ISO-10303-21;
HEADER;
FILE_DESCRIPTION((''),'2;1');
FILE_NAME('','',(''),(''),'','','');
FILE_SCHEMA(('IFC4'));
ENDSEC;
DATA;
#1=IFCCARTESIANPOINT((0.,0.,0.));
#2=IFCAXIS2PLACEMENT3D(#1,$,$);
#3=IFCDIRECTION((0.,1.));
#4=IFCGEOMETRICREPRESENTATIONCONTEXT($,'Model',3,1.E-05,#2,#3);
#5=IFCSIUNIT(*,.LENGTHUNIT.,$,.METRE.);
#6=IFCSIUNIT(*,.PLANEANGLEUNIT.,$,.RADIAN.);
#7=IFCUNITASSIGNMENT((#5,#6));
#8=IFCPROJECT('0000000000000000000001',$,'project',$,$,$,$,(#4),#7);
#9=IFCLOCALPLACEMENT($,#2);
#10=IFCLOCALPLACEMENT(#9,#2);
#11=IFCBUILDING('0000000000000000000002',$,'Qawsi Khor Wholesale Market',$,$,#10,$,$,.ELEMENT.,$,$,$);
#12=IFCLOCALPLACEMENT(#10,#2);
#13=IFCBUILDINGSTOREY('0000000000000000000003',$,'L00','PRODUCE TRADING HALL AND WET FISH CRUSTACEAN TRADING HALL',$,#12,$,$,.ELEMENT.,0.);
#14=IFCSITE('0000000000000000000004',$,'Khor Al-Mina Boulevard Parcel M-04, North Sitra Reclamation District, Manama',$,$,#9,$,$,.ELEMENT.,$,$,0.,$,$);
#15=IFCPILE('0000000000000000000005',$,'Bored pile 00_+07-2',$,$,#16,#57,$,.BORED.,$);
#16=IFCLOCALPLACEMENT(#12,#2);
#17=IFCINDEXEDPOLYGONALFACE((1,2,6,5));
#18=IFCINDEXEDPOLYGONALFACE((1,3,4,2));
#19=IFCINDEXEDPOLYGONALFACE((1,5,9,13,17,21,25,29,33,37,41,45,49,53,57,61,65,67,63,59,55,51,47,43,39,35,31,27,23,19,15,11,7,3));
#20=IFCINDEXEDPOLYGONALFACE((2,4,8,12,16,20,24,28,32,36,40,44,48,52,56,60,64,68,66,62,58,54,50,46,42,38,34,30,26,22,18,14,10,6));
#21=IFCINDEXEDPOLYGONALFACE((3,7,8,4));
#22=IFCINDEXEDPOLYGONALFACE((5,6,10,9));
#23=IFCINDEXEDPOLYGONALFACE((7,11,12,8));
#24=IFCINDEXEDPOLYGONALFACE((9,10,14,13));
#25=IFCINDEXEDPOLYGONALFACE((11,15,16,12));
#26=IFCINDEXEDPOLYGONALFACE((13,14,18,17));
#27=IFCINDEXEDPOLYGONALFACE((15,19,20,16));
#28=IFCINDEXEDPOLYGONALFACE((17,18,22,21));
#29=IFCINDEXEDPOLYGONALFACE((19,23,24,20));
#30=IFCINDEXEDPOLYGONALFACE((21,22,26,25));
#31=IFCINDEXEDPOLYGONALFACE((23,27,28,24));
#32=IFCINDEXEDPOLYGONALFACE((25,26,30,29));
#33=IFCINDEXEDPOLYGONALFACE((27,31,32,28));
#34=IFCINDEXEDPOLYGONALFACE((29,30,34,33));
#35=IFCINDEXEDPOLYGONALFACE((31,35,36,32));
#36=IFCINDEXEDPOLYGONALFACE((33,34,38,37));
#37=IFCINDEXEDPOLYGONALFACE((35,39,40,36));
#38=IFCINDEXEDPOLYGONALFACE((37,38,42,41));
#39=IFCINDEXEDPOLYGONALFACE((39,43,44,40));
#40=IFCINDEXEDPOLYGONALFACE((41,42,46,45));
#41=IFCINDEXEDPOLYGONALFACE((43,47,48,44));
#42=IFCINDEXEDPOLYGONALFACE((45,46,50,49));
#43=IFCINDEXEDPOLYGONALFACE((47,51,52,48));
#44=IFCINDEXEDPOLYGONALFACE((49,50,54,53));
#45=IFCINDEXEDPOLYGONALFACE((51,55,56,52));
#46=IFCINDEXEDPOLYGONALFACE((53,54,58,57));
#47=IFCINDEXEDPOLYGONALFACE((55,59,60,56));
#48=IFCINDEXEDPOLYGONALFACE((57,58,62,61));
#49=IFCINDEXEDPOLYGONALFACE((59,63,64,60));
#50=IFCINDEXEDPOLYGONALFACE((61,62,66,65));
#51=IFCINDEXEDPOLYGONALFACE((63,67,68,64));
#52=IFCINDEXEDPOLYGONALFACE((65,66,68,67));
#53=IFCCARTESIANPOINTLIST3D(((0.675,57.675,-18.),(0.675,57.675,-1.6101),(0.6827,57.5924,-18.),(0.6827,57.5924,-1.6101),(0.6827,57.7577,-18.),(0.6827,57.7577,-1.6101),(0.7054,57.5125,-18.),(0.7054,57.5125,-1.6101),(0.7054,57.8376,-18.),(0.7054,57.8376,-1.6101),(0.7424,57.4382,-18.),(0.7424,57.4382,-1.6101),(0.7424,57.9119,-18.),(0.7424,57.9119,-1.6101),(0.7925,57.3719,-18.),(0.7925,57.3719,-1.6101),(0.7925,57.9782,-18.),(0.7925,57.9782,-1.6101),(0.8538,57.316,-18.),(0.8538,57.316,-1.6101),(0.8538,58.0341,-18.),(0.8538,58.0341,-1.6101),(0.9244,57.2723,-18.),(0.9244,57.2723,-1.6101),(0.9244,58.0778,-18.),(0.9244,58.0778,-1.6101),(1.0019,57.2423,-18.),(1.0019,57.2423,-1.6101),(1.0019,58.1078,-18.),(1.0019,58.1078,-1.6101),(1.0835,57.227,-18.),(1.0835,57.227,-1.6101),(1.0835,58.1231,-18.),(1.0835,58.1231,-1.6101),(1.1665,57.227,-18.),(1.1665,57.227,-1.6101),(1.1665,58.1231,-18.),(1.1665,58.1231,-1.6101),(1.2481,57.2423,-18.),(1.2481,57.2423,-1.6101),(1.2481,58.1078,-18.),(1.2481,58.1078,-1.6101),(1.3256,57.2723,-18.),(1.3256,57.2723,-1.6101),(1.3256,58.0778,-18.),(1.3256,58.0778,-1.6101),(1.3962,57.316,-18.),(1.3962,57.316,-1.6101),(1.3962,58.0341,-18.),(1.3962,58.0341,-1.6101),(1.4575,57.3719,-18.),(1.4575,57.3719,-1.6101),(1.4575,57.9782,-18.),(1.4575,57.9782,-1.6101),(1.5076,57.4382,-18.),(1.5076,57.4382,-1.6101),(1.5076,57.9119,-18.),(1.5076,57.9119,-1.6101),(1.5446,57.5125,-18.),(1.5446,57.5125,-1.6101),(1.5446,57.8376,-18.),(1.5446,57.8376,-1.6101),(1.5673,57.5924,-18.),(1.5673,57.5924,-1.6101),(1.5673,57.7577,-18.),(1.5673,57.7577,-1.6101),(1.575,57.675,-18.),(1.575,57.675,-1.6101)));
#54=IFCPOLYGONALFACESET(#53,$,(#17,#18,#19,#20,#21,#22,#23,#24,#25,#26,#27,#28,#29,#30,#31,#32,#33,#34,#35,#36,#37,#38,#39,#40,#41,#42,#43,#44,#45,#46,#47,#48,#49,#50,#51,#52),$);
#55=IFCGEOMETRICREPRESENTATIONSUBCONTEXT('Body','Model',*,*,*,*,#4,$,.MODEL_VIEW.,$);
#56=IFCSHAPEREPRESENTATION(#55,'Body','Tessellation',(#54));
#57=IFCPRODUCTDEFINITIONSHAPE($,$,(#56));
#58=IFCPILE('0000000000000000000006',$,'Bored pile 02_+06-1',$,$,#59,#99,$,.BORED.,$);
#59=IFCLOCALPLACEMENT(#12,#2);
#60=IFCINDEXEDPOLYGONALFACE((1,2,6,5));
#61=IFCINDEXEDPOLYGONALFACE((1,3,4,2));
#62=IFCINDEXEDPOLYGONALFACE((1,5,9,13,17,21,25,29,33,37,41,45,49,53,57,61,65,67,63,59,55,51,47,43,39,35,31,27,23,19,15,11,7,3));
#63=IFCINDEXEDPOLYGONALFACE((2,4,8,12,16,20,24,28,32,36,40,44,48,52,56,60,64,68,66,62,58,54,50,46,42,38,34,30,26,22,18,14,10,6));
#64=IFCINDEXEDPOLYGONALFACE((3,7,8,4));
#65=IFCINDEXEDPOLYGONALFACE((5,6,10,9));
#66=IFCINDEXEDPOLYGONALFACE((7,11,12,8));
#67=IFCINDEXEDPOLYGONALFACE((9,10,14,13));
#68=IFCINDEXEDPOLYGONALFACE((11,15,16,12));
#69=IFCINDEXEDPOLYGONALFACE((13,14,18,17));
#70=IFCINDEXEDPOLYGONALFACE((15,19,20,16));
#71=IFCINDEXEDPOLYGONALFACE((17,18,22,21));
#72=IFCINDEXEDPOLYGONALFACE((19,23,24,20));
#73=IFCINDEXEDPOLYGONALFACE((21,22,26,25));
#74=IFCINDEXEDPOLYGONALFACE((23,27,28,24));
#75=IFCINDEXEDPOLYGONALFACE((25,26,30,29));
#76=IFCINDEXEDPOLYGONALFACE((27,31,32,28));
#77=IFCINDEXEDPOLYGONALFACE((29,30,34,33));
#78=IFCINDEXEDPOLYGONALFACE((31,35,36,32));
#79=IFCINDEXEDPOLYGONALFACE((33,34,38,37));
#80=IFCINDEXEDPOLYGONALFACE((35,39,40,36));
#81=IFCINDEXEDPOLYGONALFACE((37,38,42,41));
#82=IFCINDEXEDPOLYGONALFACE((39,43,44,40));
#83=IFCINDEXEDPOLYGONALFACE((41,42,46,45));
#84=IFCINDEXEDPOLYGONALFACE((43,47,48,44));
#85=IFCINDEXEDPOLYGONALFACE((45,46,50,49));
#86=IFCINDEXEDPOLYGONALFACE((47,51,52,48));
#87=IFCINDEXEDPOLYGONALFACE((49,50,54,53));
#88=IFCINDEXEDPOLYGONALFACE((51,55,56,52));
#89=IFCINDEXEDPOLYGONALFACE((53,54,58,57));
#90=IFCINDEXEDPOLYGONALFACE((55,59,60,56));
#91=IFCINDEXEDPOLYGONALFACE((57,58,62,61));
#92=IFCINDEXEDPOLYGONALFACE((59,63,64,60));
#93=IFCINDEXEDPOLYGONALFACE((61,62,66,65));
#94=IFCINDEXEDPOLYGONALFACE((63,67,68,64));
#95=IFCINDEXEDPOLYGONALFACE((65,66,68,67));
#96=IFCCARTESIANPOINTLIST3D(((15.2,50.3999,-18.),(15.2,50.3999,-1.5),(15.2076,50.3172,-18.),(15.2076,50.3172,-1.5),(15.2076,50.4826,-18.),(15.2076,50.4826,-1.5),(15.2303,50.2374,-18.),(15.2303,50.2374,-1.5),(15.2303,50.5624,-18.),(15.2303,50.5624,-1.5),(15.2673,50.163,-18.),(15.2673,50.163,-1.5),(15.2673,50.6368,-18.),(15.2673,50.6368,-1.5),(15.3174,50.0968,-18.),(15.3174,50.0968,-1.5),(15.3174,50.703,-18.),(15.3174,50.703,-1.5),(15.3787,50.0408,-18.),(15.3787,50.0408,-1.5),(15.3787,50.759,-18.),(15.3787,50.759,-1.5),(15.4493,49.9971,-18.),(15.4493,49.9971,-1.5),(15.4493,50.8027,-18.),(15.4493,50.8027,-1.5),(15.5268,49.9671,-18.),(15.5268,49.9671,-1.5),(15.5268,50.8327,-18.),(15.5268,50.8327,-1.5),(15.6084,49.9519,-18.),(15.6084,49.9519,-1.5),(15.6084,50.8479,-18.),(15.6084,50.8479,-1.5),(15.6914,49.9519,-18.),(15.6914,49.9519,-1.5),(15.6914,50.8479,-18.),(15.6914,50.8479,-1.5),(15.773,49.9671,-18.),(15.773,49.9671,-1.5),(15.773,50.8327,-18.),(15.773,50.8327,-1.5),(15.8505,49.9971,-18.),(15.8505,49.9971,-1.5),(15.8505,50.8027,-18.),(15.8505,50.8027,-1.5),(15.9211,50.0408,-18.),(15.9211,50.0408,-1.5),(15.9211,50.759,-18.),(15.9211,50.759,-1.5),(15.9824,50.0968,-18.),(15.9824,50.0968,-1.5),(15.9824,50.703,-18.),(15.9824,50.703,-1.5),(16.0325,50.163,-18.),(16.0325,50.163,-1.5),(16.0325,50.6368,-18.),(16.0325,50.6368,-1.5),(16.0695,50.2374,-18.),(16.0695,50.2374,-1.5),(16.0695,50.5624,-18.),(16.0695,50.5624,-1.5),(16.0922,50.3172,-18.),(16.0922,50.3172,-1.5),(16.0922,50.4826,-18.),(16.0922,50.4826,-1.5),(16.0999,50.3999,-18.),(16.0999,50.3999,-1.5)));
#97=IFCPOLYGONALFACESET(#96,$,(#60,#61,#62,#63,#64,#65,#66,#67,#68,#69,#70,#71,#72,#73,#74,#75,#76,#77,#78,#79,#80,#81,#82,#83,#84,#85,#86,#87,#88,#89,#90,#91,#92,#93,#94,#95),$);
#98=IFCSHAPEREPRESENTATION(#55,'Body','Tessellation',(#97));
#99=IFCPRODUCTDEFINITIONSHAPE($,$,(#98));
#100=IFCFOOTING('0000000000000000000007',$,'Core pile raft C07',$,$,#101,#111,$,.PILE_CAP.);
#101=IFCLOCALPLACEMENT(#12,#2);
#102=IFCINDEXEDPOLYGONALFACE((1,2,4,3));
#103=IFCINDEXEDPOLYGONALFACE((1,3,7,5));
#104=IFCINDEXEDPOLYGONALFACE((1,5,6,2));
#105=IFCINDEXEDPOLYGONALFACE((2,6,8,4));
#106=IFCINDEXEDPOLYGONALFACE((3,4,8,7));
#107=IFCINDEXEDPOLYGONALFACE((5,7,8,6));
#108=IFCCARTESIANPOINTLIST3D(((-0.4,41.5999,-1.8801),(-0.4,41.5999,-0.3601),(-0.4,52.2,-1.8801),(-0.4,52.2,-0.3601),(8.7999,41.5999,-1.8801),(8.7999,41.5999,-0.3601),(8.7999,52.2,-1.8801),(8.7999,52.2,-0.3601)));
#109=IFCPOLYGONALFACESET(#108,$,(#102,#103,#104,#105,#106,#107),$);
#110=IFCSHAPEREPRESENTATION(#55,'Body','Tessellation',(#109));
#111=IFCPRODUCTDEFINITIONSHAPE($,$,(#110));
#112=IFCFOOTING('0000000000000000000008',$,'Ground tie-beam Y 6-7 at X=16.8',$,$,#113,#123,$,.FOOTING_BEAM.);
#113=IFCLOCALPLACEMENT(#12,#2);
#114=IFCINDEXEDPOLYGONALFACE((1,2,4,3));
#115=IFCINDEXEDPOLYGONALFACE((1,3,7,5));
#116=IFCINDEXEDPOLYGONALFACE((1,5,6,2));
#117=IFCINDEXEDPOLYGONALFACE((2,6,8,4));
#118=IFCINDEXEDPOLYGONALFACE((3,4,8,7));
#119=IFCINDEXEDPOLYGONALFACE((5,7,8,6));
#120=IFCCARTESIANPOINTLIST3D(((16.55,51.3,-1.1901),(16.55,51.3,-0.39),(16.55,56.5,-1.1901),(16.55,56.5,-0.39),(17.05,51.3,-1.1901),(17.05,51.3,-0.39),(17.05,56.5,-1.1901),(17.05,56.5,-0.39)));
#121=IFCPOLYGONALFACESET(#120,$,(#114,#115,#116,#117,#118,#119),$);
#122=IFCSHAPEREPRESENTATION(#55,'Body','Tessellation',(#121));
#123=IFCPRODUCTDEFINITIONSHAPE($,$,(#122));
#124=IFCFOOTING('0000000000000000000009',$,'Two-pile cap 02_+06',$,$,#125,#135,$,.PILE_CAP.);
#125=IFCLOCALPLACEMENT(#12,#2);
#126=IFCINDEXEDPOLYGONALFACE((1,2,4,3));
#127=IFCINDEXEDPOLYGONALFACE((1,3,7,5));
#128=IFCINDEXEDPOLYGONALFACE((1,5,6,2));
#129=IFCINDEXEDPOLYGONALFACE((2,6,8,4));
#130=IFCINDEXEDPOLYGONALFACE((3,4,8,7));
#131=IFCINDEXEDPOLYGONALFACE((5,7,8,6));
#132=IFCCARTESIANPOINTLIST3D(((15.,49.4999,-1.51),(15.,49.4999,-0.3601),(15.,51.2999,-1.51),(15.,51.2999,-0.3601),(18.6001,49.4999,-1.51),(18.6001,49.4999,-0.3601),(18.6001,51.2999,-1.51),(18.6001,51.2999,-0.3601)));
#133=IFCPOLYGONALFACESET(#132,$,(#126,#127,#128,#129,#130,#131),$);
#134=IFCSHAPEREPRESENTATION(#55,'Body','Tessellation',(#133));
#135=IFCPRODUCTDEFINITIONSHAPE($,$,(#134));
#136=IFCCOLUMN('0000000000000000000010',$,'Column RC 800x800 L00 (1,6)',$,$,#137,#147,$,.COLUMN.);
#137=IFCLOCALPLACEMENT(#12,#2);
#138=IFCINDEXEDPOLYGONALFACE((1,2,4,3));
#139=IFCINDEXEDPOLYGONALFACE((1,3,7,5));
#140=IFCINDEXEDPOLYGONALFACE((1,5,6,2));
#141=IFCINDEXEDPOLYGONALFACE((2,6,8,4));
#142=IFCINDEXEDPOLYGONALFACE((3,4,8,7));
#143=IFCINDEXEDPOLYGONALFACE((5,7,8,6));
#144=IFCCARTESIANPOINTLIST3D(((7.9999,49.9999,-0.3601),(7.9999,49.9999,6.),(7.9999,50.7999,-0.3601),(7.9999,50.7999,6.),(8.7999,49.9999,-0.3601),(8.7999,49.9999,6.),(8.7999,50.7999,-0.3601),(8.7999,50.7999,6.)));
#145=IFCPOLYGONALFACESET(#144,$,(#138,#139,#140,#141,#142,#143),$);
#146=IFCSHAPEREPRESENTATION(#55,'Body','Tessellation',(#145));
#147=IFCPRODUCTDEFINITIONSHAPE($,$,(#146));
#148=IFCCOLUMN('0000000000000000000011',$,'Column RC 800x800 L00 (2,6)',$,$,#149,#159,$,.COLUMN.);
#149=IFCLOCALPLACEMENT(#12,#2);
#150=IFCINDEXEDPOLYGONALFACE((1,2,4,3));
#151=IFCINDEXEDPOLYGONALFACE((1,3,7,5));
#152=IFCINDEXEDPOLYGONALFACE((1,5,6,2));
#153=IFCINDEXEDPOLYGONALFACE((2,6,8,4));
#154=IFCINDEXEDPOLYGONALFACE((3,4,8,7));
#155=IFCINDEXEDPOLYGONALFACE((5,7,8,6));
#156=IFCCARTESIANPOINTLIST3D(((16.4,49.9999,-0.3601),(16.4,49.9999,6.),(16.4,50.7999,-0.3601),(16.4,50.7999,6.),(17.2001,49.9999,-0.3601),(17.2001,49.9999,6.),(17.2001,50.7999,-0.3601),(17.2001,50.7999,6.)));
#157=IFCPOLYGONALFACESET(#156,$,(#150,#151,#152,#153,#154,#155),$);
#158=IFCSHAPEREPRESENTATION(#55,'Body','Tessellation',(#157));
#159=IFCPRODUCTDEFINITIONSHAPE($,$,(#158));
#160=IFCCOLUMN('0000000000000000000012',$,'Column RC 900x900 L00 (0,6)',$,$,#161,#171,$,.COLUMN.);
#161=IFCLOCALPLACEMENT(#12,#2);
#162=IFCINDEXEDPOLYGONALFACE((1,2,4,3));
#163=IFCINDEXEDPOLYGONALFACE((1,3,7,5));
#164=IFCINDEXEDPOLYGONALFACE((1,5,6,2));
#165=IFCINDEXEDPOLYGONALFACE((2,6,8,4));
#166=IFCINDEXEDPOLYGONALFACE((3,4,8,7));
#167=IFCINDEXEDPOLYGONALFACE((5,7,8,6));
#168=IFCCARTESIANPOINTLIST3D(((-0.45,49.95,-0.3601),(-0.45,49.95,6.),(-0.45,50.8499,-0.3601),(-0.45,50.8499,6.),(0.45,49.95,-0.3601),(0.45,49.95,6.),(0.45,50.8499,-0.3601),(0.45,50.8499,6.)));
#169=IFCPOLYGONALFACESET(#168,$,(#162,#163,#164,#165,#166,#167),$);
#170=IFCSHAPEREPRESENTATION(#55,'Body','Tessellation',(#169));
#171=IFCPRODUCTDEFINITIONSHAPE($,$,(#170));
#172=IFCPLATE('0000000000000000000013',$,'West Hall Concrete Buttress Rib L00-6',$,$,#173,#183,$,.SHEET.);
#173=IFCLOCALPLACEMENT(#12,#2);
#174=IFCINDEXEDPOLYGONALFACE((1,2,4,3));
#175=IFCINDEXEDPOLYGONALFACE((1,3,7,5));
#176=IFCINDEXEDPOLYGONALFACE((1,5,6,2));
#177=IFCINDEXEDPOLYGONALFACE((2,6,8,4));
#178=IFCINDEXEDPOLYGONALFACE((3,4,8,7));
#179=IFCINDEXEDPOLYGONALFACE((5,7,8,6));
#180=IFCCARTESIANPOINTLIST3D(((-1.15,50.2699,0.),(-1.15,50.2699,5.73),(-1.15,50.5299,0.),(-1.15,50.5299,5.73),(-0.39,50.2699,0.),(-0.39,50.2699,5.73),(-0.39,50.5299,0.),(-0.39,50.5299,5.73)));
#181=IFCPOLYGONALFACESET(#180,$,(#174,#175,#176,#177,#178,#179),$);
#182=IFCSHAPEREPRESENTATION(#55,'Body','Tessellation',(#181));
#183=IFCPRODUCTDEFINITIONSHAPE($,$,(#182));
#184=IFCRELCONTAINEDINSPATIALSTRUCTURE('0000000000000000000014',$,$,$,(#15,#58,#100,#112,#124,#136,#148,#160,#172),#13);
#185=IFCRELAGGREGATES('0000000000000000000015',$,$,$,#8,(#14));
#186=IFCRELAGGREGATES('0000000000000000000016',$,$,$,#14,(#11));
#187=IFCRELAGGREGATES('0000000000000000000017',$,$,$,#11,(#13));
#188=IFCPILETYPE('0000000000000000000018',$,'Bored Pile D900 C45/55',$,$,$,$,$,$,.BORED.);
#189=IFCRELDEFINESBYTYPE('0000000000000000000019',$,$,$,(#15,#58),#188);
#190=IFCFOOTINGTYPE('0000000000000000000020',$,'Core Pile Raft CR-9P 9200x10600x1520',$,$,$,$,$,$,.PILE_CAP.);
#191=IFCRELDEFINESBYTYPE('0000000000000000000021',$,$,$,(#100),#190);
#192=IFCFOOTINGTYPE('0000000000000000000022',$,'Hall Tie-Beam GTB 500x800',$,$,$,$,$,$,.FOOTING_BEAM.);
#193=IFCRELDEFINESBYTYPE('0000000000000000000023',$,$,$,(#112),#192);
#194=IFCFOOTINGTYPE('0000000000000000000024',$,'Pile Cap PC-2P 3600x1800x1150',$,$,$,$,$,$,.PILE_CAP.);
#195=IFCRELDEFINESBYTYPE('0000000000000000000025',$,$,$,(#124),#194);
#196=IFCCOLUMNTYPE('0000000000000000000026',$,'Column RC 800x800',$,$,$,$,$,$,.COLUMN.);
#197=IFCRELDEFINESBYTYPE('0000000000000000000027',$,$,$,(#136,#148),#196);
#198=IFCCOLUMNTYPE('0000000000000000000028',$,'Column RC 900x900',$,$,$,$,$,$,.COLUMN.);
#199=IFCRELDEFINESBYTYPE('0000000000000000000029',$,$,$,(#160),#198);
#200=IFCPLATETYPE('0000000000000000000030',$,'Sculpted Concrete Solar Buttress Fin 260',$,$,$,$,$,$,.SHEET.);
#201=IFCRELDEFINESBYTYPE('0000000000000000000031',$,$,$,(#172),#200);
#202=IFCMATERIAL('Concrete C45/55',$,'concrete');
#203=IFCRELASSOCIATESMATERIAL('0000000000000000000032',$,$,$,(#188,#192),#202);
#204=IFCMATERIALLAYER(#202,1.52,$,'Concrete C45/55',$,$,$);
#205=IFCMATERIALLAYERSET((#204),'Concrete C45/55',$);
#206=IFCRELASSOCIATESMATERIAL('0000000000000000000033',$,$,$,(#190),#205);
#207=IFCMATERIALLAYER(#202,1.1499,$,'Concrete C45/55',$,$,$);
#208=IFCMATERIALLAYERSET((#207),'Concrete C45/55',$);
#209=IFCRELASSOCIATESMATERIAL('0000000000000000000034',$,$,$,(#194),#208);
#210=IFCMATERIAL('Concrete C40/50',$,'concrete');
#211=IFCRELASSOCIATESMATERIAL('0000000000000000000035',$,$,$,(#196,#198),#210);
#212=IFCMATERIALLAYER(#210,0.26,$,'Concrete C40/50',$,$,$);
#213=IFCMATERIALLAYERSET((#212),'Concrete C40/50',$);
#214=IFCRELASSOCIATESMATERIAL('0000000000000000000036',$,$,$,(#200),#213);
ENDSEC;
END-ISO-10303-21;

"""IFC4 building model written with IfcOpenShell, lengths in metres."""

from ifc_helpers import new_model, si_unit, direction, frame, frame_2d, origin, origin_2d, place, context, subcontext, project, spatial, rectangle, circle, extrude, material, layer, layer_set, material_profile, profile_set, type_object, element, save


model = new_model("IFC4")

# Units and contexts
model_context = context("Model", 3, precision=1e-05, world=origin(), true_north=direction((0.0, 1.0)))
body_context = subcontext(model_context, "Body", "Model", "MODEL_VIEW")
ifc_project = project(units=[si_unit("LENGTHUNIT", "METRE"), si_unit("PLANEANGLEUNIT", "RADIAN")], contexts=[model_context])

# Site, building, storey
site_placement = place(None, origin())
site = spatial("IfcSite", under=ifc_project, at=site_placement, Name="Khor Al-Mina Boulevard Parcel M-04, North Sitra Reclamation District, Manama", CompositionType="ELEMENT", RefElevation=0.0)
building_placement = place(site_placement, origin())
building = spatial("IfcBuilding", under=site, at=building_placement, Name="Qawsi Khor Wholesale Market", CompositionType="ELEMENT")
storey_placement = place(building_placement, origin())
storey = spatial("IfcBuildingStorey", under=building, at=storey_placement, Name="L00", Description="PRODUCE TRADING HALL AND WET FISH CRUSTACEAN TRADING HALL", CompositionType="ELEMENT", Elevation=0.0)

# Piles
ifc_material_1 = material(Name="Concrete C45/55", Category="concrete")
ifc_material_profile_1 = material_profile(ifc_material_1, circle(Radius=0.45, at=origin_2d()), Name="PILE D900")
ifc_profile_set_1 = profile_set([ifc_material_profile_1], Name="Concrete C45/55")
pile_type_1 = type_object("IfcPileType", Name="Bored Pile D900 C45/55", PredefinedType="BORED", material=ifc_profile_set_1)
for number, where, z_axis, x_axis, name in (
    (1, (1.125, 57.675, -1.6101), (0.0, 0.0, -1.0), (1.0, 0.0, 0.0), "Bored pile 00_+07-2"),
):
    element("IfcPile", number, at=place(storey_placement, frame(where, z_axis=z_axis, x_axis=x_axis)), inside=storey, type_object=pile_type_1, Name=name, PredefinedType="BORED", context=body_context, shape_type="SweptSolid", body=[
        extrude(circle(Radius=0.45, at=origin_2d()), origin(), (0.0, 0.0, 1.0), 16.3899),
    ])
pile_1_placement = place(storey_placement, frame((15.6499, 50.3999, -1.5), z_axis=(0.0, 0.0, -1.0), x_axis=(1.0, 0.0, 0.0)))
element("IfcPile", 2, at=pile_1_placement, inside=storey, type_object=pile_type_1, Name="Bored pile 02_+06-1", PredefinedType="BORED", context=body_context, shape_type="SweptSolid", body=[
    extrude(circle(Radius=0.45, at=origin_2d()), origin(), (0.0, 0.0, 1.0), 16.5),
])

# Footings
ifc_layer_1 = layer(ifc_material_1, 1.52, Name="Concrete C45/55")
ifc_layer_set_1 = layer_set([ifc_layer_1], Name="Concrete C45/55")
footing_type_1 = type_object("IfcFootingType", Name="Core Pile Raft CR-9P 9200x10600x1520", PredefinedType="PILE_CAP", material=ifc_layer_set_1)
footing_1_placement = place(storey_placement, frame((4.2, 46.8999, -1.8801), z_axis=(0.0, 0.0, 1.0), x_axis=(1.0, 0.0, 0.0)))
element("IfcFooting", 3, at=footing_1_placement, inside=storey, type_object=footing_type_1, Name="Core pile raft C07", PredefinedType="PILE_CAP", context=body_context, shape_type="SweptSolid", body=[
    extrude(rectangle(XDim=9.2, YDim=10.6001, at=origin_2d()), origin(), (0.0, 0.0, 1.0), 1.52),
])
ifc_material_profile_2 = material_profile(ifc_material_1, rectangle(XDim=0.5, YDim=0.8, at=origin_2d()), Name="RC 500x800")
ifc_profile_set_2 = profile_set([ifc_material_profile_2], Name="Concrete C45/55")
footing_type_2 = type_object("IfcFootingType", Name="Hall Tie-Beam GTB 500x800", PredefinedType="FOOTING_BEAM", material=ifc_profile_set_2)
footing_2_placement = place(storey_placement, frame((16.8, 51.3, -0.79), z_axis=(0.0, 1.0, 0.0), x_axis=(-1.0, 0.0, 0.0)))
element("IfcFooting", 4, at=footing_2_placement, inside=storey, type_object=footing_type_2, Name="Ground tie-beam Y 6-7 at X=16.8", PredefinedType="FOOTING_BEAM", context=body_context, shape_type="SweptSolid", body=[
    extrude(rectangle(XDim=0.5, YDim=0.8, at=origin_2d()), origin(), (0.0, 0.0, 1.0), 5.2),
])
ifc_layer_2 = layer(ifc_material_1, 1.1499, Name="Concrete C45/55")
ifc_layer_set_2 = layer_set([ifc_layer_2], Name="Concrete C45/55")
footing_type_3 = type_object("IfcFootingType", Name="Pile Cap PC-2P 3600x1800x1150", PredefinedType="PILE_CAP", material=ifc_layer_set_2)
footing_3_placement = place(storey_placement, frame((16.8, 50.3999, -1.51), z_axis=(0.0, 0.0, 1.0), x_axis=(1.0, 0.0, 0.0)))
element("IfcFooting", 5, at=footing_3_placement, inside=storey, type_object=footing_type_3, Name="Two-pile cap 02_+06", PredefinedType="PILE_CAP", context=body_context, shape_type="SweptSolid", body=[
    extrude(rectangle(XDim=3.6001, YDim=1.8, at=origin_2d()), origin(), (0.0, 0.0, 1.0), 1.1499),
])

# Columns
ifc_material_2 = material(Name="Concrete C40/50", Category="concrete")
ifc_material_profile_3 = material_profile(ifc_material_2, rectangle(XDim=0.8, YDim=0.8, at=origin_2d()), Name="RC 800x800")
ifc_profile_set_3 = profile_set([ifc_material_profile_3], Name="Concrete C40/50")
column_type_1 = type_object("IfcColumnType", Name="Column RC 800x800", PredefinedType="COLUMN", material=ifc_profile_set_3)
for number, where, z_axis, x_axis, name in (
    (6, (8.3999, 50.3999, -0.3601), (0.0, 0.0, 1.0), (1.0, 0.0, 0.0), "Column RC 800x800 L00 (1,6)"),
    (7, (16.8, 50.3999, -0.3601), (0.0, 0.0, 1.0), (1.0, 0.0, 0.0), "Column RC 800x800 L00 (2,6)"),
):
    element("IfcColumn", number, at=place(storey_placement, frame(where, z_axis=z_axis, x_axis=x_axis)), inside=storey, type_object=column_type_1, Name=name, PredefinedType="COLUMN", context=body_context, shape_type="SweptSolid", body=[
        extrude(rectangle(XDim=0.8, YDim=0.8, at=origin_2d()), origin(), (0.0, 0.0, 1.0), 6.3601),
    ])
ifc_material_profile_4 = material_profile(ifc_material_2, rectangle(XDim=0.8999, YDim=0.8999, at=origin_2d()), Name="RC 900x900")
ifc_profile_set_4 = profile_set([ifc_material_profile_4], Name="Concrete C40/50")
column_type_2 = type_object("IfcColumnType", Name="Column RC 900x900", PredefinedType="COLUMN", material=ifc_profile_set_4)
column_placement = place(storey_placement, frame((0.0, 50.3999, -0.3601), z_axis=(0.0, 0.0, 1.0), x_axis=(1.0, 0.0, 0.0)))
element("IfcColumn", 8, at=column_placement, inside=storey, type_object=column_type_2, Name="Column RC 900x900 L00 (0,6)", PredefinedType="COLUMN", context=body_context, shape_type="SweptSolid", body=[
    extrude(rectangle(XDim=0.8999, YDim=0.8999, at=origin_2d()), origin(), (0.0, 0.0, 1.0), 6.3601),
])

# Plate
ifc_layer_3 = layer(ifc_material_2, 0.26, Name="Concrete C40/50")
ifc_layer_set_3 = layer_set([ifc_layer_3], Name="Concrete C40/50")
plate_type = type_object("IfcPlateType", Name="Sculpted Concrete Solar Buttress Fin 260", PredefinedType="SHEET", material=ifc_layer_set_3)
for number, where, z_axis, x_axis, name in (
    (9, (-1.1499, 50.3999, 0.0), (0.0, 0.0, 1.0), (1.0, 0.0, 0.0), "West Hall Concrete Buttress Rib L00-6"),
):
    element("IfcPlate", number, at=place(storey_placement, frame(where, z_axis=z_axis, x_axis=x_axis)), inside=storey, type_object=plate_type, Name=name, PredefinedType="SHEET", context=body_context, shape_type="SweptSolid", body=[
        extrude(rectangle(XDim=0.76, YDim=0.26, at=frame_2d((0.3799, 0.0))), origin(), (0.0, 0.0, 1.0), 5.73),
    ])

save(model, "model.ifc")
